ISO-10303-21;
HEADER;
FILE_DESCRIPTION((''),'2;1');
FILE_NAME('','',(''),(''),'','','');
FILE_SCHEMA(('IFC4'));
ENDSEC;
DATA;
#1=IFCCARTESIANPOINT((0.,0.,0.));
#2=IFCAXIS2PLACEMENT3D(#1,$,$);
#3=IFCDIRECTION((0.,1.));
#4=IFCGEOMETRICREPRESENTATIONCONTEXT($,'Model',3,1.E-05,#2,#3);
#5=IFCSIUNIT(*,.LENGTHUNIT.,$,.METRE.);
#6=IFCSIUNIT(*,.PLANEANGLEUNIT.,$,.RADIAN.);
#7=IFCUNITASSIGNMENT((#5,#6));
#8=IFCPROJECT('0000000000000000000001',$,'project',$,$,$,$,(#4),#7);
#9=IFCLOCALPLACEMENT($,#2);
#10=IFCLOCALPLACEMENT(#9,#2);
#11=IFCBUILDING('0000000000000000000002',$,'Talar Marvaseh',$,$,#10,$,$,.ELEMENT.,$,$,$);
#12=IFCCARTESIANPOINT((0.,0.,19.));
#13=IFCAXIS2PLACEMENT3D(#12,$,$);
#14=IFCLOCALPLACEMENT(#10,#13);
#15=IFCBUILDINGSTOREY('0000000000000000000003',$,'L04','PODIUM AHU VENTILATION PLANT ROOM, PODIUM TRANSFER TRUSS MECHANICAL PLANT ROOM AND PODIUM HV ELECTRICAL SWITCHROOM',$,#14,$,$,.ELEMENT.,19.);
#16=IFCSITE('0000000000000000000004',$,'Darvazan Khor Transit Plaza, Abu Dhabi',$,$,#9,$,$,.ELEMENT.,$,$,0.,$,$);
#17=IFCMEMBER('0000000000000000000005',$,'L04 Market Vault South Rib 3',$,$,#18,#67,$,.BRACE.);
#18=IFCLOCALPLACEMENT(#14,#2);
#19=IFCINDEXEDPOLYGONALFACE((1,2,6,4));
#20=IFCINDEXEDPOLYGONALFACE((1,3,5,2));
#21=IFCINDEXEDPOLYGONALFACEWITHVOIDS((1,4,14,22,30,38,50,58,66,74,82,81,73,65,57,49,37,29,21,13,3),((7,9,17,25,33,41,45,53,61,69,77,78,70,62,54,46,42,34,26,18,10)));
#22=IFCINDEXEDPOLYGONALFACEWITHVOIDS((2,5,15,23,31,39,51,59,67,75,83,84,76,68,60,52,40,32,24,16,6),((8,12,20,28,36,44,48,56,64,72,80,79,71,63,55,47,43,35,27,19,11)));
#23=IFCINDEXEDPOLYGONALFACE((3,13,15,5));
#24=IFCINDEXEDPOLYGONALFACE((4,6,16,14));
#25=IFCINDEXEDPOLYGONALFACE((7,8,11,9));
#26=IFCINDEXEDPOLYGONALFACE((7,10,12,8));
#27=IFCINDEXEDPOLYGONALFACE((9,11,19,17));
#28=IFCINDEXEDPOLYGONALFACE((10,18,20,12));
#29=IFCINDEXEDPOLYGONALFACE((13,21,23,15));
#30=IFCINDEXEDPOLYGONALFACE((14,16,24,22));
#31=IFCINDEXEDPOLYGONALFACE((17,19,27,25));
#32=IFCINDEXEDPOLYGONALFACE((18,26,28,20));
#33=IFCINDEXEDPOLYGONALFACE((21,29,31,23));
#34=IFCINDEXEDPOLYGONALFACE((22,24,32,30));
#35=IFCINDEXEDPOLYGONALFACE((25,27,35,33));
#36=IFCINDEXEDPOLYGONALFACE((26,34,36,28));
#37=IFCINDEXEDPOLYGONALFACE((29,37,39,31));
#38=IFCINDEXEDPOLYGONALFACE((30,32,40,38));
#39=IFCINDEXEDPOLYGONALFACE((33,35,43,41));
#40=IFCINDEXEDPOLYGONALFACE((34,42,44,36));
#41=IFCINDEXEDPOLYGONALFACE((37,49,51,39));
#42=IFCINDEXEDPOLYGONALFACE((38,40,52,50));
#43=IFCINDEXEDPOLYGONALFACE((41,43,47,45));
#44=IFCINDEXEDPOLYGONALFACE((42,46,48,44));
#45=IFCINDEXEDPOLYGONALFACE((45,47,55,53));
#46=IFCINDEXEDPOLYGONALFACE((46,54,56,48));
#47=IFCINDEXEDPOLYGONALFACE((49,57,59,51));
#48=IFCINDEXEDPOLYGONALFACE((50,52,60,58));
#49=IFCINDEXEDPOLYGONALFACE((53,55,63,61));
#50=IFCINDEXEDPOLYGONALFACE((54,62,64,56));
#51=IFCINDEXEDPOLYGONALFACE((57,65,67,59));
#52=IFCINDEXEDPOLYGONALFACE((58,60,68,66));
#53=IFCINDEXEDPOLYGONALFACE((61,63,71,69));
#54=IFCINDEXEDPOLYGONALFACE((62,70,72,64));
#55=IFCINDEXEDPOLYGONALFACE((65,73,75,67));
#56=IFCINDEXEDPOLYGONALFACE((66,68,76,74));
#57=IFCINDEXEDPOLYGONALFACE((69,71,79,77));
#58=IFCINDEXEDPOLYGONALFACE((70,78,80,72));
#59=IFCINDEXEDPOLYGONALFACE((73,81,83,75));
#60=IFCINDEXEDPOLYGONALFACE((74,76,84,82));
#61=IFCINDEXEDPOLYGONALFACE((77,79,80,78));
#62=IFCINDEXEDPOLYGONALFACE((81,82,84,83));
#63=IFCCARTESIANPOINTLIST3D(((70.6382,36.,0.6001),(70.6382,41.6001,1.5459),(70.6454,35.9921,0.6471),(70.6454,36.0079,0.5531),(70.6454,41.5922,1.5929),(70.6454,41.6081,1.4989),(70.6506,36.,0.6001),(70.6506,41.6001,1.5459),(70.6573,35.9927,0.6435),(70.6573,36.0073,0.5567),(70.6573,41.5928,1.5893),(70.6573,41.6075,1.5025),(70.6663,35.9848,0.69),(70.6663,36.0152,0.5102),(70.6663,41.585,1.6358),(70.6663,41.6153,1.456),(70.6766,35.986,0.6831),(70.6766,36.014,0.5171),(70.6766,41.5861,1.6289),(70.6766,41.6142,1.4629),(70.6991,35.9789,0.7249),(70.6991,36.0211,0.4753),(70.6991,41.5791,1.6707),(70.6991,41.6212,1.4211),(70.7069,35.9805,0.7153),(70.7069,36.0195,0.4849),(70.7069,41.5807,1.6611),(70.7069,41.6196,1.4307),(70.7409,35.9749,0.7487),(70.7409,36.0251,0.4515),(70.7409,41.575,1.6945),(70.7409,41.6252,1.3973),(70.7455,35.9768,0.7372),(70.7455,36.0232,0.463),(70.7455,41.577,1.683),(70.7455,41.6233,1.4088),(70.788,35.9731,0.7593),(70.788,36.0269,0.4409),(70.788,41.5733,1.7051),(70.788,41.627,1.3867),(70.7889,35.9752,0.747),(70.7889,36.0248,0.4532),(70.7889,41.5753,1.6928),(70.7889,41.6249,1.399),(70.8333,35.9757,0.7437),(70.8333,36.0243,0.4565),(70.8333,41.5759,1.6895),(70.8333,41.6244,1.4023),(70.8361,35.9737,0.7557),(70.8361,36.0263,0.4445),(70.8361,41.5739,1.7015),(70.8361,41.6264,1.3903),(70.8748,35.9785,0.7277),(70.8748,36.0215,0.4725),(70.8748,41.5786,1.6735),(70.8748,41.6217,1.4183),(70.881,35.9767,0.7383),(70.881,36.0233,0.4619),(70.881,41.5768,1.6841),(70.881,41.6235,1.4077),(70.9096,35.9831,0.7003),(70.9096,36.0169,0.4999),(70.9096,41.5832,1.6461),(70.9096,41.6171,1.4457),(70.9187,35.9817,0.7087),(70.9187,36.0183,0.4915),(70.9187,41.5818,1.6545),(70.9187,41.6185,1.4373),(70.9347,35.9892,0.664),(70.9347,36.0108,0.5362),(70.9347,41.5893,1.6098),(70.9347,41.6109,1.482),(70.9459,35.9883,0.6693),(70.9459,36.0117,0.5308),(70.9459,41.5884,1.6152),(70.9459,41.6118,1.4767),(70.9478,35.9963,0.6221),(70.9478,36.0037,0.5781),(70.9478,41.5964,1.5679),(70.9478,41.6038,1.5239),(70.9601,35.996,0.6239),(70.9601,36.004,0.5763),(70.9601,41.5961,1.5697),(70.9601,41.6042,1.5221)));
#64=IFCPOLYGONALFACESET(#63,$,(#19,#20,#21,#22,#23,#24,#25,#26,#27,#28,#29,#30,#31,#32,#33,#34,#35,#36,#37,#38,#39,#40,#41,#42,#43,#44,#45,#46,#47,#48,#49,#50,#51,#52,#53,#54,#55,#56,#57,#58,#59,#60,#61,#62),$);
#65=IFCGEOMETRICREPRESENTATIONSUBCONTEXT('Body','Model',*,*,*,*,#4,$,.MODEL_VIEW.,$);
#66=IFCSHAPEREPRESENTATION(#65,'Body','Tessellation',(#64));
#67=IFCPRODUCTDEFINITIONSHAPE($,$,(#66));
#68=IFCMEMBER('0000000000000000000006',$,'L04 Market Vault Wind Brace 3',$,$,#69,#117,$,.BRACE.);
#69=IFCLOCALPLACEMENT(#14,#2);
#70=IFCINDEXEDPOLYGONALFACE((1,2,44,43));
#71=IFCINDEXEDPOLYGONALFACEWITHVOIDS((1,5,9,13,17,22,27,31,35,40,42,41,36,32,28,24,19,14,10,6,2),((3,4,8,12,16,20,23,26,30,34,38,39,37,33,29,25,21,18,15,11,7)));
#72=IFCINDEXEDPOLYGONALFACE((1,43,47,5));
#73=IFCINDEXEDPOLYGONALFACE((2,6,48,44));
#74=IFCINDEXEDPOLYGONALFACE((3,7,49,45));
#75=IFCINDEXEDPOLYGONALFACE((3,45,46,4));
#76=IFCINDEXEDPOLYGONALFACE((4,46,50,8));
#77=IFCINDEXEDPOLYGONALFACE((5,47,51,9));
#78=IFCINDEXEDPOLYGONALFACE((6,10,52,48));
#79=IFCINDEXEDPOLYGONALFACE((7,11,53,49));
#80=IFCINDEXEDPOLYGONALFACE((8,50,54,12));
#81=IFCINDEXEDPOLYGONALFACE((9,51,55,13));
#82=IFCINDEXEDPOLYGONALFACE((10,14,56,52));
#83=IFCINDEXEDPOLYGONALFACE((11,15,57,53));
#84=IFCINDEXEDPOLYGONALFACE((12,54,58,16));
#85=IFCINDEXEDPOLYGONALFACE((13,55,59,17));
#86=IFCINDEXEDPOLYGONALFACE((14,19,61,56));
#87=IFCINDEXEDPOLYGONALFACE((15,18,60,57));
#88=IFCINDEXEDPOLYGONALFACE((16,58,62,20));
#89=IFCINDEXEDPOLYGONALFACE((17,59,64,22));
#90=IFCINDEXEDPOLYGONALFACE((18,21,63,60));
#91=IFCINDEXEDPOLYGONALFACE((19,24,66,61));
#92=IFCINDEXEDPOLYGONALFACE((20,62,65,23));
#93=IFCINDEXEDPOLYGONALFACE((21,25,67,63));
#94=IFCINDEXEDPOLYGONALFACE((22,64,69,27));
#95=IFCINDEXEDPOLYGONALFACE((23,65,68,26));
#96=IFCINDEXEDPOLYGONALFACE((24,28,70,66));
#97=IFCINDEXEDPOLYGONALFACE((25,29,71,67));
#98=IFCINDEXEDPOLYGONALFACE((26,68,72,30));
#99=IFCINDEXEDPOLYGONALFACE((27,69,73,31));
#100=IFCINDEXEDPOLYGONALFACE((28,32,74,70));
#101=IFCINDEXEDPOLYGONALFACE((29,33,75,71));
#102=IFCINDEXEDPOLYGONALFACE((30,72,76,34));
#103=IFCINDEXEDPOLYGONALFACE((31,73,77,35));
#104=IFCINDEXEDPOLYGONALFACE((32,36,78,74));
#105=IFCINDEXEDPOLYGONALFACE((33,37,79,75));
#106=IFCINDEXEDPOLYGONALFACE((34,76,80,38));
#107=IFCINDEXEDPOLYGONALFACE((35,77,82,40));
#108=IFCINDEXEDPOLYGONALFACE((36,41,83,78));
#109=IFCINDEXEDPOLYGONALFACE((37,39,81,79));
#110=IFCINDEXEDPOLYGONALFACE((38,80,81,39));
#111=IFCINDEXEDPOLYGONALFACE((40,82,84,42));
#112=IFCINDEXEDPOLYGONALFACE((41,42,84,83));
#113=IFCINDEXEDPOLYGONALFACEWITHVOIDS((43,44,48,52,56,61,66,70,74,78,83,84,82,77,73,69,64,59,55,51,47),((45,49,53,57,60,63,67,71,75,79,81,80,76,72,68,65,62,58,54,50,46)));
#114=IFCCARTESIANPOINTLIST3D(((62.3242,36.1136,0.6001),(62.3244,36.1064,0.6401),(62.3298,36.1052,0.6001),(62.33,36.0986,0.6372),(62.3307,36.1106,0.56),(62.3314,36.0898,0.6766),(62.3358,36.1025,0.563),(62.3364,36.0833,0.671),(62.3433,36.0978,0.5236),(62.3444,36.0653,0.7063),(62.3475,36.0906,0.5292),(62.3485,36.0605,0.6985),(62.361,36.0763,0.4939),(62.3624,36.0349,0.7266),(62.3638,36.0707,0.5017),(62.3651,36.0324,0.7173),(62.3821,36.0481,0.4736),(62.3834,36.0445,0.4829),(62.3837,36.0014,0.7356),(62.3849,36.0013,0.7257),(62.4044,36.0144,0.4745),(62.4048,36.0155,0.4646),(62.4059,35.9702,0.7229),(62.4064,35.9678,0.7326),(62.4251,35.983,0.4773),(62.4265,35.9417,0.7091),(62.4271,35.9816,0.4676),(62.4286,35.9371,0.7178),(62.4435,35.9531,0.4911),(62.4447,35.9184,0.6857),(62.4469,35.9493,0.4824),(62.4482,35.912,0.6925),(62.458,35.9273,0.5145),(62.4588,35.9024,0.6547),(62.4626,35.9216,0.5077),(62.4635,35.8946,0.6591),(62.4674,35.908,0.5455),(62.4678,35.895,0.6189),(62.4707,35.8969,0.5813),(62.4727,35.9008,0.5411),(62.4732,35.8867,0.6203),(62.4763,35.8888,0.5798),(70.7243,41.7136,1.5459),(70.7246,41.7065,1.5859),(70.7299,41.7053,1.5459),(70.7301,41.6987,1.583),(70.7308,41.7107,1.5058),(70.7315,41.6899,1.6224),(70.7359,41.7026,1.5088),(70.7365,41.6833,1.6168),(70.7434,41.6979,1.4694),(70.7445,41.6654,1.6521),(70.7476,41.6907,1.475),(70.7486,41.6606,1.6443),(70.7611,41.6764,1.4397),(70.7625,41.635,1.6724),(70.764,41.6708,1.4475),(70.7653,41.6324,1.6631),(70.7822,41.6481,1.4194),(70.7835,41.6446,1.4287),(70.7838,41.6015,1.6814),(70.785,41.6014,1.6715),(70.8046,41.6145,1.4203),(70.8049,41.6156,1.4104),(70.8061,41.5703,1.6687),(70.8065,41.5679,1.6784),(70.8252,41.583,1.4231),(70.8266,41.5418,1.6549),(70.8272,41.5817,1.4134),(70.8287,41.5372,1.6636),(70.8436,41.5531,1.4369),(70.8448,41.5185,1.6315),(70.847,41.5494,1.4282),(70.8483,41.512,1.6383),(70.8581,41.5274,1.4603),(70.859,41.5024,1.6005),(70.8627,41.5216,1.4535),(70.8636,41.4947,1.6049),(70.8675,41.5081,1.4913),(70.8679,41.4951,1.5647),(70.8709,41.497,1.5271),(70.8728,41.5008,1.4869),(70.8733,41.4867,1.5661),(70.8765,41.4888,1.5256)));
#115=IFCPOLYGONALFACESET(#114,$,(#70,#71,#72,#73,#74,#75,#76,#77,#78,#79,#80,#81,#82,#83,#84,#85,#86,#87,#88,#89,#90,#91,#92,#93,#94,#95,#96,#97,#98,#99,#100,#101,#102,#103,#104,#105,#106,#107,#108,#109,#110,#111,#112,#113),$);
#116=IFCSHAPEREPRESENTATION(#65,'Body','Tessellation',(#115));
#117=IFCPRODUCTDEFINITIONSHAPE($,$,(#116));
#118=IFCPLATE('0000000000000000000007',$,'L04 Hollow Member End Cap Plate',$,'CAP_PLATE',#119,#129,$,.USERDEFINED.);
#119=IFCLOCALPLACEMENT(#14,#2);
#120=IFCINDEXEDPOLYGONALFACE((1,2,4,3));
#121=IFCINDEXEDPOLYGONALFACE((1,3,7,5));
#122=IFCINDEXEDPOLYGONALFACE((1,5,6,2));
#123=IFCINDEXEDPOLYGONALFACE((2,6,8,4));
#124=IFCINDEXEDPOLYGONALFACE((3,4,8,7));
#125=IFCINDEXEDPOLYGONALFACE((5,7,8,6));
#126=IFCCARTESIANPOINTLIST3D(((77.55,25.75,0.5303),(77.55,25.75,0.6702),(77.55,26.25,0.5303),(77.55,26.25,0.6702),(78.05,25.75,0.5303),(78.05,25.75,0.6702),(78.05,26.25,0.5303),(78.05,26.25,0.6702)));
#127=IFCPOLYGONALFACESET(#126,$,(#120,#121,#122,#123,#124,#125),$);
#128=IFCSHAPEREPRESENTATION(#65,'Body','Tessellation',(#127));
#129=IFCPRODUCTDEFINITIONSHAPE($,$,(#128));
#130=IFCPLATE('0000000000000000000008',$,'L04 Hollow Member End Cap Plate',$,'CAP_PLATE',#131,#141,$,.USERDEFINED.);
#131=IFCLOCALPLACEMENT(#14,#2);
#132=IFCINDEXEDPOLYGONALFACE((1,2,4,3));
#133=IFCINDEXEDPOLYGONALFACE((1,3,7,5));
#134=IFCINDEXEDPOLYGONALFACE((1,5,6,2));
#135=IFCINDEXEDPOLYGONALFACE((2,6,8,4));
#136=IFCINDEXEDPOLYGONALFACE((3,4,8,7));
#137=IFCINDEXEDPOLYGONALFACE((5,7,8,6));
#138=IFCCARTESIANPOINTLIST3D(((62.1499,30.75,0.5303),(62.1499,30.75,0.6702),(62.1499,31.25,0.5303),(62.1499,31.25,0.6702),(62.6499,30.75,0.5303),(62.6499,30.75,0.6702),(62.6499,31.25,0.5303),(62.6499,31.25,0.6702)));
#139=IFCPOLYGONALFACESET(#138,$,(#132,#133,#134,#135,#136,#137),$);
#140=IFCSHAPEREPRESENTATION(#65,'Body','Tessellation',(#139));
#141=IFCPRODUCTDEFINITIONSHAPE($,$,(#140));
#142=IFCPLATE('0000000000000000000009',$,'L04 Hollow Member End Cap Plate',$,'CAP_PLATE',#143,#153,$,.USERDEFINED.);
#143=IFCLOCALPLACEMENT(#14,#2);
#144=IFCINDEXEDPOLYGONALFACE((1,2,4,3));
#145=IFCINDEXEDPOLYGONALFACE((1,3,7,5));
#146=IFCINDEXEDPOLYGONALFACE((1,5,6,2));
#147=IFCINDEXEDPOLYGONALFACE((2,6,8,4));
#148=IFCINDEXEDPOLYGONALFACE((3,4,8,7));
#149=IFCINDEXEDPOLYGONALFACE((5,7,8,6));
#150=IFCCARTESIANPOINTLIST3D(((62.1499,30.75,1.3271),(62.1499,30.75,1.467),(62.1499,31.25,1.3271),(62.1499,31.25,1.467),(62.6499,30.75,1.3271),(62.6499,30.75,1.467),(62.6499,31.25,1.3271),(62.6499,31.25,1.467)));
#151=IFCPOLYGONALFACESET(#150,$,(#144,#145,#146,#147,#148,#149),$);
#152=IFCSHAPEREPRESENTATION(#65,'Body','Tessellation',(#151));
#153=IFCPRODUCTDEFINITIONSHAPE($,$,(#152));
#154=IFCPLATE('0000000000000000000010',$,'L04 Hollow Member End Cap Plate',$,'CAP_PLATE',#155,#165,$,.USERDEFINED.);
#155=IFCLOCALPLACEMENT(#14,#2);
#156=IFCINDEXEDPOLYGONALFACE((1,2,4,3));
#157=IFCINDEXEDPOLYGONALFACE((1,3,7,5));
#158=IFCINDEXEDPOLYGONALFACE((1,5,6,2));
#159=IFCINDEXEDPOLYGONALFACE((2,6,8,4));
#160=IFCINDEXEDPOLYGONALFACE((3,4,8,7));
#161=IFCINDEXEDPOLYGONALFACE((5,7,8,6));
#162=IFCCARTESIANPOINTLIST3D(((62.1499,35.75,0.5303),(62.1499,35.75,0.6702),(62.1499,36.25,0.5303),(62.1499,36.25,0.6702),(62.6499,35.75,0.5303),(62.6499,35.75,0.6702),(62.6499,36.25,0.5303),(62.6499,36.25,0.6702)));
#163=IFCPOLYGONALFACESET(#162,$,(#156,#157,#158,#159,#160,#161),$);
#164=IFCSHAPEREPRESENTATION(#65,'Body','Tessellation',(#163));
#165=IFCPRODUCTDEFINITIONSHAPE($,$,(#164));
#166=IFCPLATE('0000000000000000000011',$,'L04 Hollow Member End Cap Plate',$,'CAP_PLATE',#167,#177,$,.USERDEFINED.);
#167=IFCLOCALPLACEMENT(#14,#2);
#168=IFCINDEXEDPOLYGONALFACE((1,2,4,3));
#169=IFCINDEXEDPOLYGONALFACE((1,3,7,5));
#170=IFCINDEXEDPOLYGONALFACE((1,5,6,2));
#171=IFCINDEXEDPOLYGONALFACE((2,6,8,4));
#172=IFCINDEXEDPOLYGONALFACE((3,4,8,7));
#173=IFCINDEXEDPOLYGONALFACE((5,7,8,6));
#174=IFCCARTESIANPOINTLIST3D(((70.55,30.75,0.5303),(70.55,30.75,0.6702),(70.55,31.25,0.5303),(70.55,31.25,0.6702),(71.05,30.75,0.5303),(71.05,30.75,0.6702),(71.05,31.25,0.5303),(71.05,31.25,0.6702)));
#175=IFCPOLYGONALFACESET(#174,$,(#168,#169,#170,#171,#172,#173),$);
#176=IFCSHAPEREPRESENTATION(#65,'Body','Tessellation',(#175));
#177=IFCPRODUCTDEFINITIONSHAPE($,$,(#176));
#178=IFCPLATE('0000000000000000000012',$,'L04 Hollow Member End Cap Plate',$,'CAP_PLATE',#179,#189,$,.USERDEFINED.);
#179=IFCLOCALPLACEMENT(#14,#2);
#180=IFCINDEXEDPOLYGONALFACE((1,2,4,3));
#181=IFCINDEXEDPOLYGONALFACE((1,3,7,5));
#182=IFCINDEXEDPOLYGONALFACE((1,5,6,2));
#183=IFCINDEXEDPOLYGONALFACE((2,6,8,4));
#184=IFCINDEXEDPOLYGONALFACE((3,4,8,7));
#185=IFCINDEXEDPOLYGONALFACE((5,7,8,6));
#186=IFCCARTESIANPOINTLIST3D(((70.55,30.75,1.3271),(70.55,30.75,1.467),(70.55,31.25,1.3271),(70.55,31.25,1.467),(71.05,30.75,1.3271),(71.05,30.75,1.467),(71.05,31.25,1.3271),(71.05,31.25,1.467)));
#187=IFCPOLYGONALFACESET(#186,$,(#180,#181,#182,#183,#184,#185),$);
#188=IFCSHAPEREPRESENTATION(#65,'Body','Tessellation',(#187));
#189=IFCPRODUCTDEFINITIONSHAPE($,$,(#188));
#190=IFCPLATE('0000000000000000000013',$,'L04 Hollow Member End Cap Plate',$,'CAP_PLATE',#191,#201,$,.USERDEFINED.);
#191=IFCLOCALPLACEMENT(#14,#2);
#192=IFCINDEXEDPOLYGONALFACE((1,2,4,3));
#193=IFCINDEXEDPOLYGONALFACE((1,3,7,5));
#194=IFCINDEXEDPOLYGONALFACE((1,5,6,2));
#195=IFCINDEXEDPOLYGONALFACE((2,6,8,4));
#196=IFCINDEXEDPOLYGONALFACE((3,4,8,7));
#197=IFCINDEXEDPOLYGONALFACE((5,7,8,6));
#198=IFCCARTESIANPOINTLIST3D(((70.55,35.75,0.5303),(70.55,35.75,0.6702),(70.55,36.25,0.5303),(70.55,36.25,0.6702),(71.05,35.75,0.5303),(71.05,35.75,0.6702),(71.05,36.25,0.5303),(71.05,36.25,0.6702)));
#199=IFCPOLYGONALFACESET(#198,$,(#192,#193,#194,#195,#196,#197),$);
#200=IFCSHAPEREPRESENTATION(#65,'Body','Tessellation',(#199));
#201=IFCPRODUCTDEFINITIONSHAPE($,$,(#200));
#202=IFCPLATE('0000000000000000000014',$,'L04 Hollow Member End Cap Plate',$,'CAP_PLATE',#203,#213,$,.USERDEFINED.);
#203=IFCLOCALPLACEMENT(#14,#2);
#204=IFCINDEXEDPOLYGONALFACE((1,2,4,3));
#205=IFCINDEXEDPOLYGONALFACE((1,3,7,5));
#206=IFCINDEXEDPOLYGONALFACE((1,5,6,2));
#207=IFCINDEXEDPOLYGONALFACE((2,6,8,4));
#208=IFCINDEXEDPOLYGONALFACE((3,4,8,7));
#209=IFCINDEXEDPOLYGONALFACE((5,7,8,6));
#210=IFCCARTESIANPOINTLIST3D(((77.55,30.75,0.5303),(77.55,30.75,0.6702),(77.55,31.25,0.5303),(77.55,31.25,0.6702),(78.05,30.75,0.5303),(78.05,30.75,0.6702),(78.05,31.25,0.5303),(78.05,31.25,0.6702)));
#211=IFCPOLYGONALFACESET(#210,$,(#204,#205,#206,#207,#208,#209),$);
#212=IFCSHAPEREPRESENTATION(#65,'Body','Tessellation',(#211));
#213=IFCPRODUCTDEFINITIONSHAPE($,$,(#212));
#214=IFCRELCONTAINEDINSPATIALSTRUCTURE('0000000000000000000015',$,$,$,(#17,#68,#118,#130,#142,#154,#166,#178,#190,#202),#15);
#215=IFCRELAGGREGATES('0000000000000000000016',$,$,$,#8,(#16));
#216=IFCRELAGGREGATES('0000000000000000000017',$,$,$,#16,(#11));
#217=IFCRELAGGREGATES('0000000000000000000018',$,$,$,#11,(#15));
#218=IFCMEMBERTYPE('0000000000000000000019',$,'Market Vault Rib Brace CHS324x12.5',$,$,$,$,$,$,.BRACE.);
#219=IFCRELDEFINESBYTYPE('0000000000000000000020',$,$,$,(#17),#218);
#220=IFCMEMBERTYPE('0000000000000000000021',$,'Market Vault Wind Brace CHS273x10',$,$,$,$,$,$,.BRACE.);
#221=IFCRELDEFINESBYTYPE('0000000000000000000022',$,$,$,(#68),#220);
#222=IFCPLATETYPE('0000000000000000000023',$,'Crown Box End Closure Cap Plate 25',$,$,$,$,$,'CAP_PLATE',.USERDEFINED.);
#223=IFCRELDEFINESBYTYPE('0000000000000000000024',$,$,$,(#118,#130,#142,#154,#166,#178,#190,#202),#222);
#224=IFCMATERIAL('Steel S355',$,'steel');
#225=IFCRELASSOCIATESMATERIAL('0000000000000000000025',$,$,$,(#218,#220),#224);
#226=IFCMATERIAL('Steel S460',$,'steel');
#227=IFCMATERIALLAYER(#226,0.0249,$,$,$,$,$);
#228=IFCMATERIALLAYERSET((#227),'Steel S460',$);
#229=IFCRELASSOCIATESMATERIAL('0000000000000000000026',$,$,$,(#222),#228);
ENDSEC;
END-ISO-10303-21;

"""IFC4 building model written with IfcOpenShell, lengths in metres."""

from ifc_helpers import new_model, si_unit, direction, frame, origin, origin_2d, place, context, subcontext, project, spatial, rectangle, hollow_circle, extrude, source, transform, mapped, material, layer, layer_set, material_profile, profile_set, type_object, type_shapes, element, save


model = new_model("IFC4")

# Units and contexts
model_context = context("Model", 3, precision=1e-05, world=origin(), true_north=direction((0.0, 1.0)))
body_context = subcontext(model_context, "Body", "Model", "MODEL_VIEW")
ifc_project = project(units=[si_unit("LENGTHUNIT", "METRE"), si_unit("PLANEANGLEUNIT", "RADIAN")], contexts=[model_context])

# Site, building, storey
site_placement = place(None, origin())
site = spatial("IfcSite", under=ifc_project, at=site_placement, Name="Darvazan Khor Transit Plaza, Abu Dhabi", CompositionType="ELEMENT", RefElevation=0.0)
building_placement = place(site_placement, origin())
building = spatial("IfcBuilding", under=site, at=building_placement, Name="Talar Marvaseh", CompositionType="ELEMENT")
storey_placement = place(building_placement, frame((0.0, 0.0, 19.0)))
storey = spatial("IfcBuildingStorey", under=building, at=storey_placement, Name="L04", Description="PODIUM AHU VENTILATION PLANT ROOM, PODIUM TRANSFER TRUSS MECHANICAL PLANT ROOM AND PODIUM HV ELECTRICAL SWITCHROOM", CompositionType="ELEMENT", Elevation=19.0)

# Shared definitions
ifc_material_1 = material(Name="Steel S355", Category="steel")

# Members
ifc_material_profile_1 = material_profile(ifc_material_1, hollow_circle(Radius=0.1619, WallThickness=0.0125, at=origin_2d()), Name="CHS324x12.5")
ifc_profile_set_1 = profile_set([ifc_material_profile_1], Name="Steel S355")
member_type_1 = type_object("IfcMemberType", Name="Market Vault Rib Brace CHS324x12.5", PredefinedType="BRACE", material=ifc_profile_set_1)
ifc_material_profile_2 = material_profile(ifc_material_1, hollow_circle(Radius=0.1365, WallThickness=0.01, at=origin_2d()), Name="CHS273x10")
ifc_profile_set_2 = profile_set([ifc_material_profile_2], Name="Steel S355")
member_type_2 = type_object("IfcMemberType", Name="Market Vault Wind Brace CHS273x10", PredefinedType="BRACE", material=ifc_profile_set_2)
shared_shape_1 = source(origin(), body_context, "Body", "SweptSolid", [
    extrude(hollow_circle(Radius=0.1619, WallThickness=0.0125, at=origin_2d()), origin(), (0.0, 0.0, 1.0), 5.6794),
])
for number, where, z_axis, x_axis, name in (
    (1, (70.8, 36.0, 0.6001), (0.0, 0.986036, 0.166532), (-1.0, 0.0, 0.0), "L04 Market Vault South Rib 3"),
):
    element("IfcMember", number, at=place(storey_placement, frame(where, z_axis=z_axis, x_axis=x_axis)), inside=storey, type_object=member_type_1, Name=name, PredefinedType="BRACE", context=body_context, shape_type="MappedRepresentation", body=[
        mapped(shared_shape_1, transform((0.0, 0.0, 0.0), x_axis=(1.0, 0.0, 0.0), y_axis=(0.0, 1.0, 0.0), z_axis=(0.0, 0.0, 1.0), scale=1.0)),
    ])
shared_shape_2 = source(origin(), body_context, "Body", "SweptSolid", [
    extrude(hollow_circle(Radius=0.1365, WallThickness=0.01, at=origin_2d()), origin(), (0.0, 0.0, 1.0), 10.1399),
])
member_1_placement = place(storey_placement, frame((62.3999, 36.0, 0.6001), z_axis=(0.828423, 0.552282, 0.093275), x_axis=(-0.5547, 0.83205, 0.0)))
element("IfcMember", 2, at=member_1_placement, inside=storey, type_object=member_type_2, Name="L04 Market Vault Wind Brace 3", PredefinedType="BRACE", context=body_context, shape_type="MappedRepresentation", body=[
    mapped(shared_shape_2, transform((0.0, 0.0, 0.0), x_axis=(1.0, 0.0, 0.0), y_axis=(0.0, 1.0, 0.0), z_axis=(0.0, 0.0, 1.0), scale=1.0)),
])

# Plates
ifc_material_2 = material(Name="Steel S460", Category="steel")
ifc_layer = layer(ifc_material_2, 0.0249)
ifc_layer_set = layer_set([ifc_layer], Name="Steel S460")
plate_type = type_object("IfcPlateType", Name="Crown Box End Closure Cap Plate 25", ElementType="CAP_PLATE", PredefinedType="USERDEFINED", material=ifc_layer_set)
shared_shape_3 = source(origin(), body_context, "Body", "SweptSolid", [
    extrude(rectangle(XDim=0.5, YDim=0.5, at=origin_2d()), origin(), (0.0, 0.0, 1.0), 0.1399),
])
type_shapes(plate_type, [shared_shape_3])
for number, where, z_axis, x_axis, name in (
    (3, (77.8, 26.0, 0.5303), (0.0, 0.0, 1.0), (0.0, 1.0, 0.0), "L04 Hollow Member End Cap Plate"),
    (4, (62.3999, 31.0, 0.5303), (0.0, 0.0, 1.0), (1.0, 0.0, 0.0), "L04 Hollow Member End Cap Plate"),
    (5, (62.3999, 31.0, 1.3271), (0.0, 0.0, 1.0), (1.0, 0.0, 0.0), "L04 Hollow Member End Cap Plate"),
    (6, (62.3999, 36.0, 0.5303), (0.0, 0.0, 1.0), (0.0, 1.0, 0.0), "L04 Hollow Member End Cap Plate"),
    (7, (70.8, 31.0, 0.5303), (0.0, 0.0, 1.0), (1.0, 0.0, 0.0), "L04 Hollow Member End Cap Plate"),
    (8, (70.8, 31.0, 1.3271), (0.0, 0.0, 1.0), (1.0, 0.0, 0.0), "L04 Hollow Member End Cap Plate"),
    (9, (70.8, 36.0, 0.5303), (0.0, 0.0, 1.0), (0.0, 1.0, 0.0), "L04 Hollow Member End Cap Plate"),
    (10, (77.8, 31.0, 0.5303), (0.0, 0.0, 1.0), (1.0, 0.0, 0.0), "L04 Hollow Member End Cap Plate"),
):
    element("IfcPlate", number, at=place(storey_placement, frame(where, z_axis=z_axis, x_axis=x_axis)), inside=storey, type_object=plate_type, Name=name, ObjectType="CAP_PLATE", PredefinedType="USERDEFINED", context=body_context, shape_type="MappedRepresentation", body=[
        mapped(shared_shape_3, transform((0.0, 0.0, 0.0), x_axis=(1.0, 0.0, 0.0), y_axis=(0.0, 1.0, 0.0), z_axis=(0.0, 0.0, 1.0), scale=1.0)),
    ])

save(model, "model.ifc")
